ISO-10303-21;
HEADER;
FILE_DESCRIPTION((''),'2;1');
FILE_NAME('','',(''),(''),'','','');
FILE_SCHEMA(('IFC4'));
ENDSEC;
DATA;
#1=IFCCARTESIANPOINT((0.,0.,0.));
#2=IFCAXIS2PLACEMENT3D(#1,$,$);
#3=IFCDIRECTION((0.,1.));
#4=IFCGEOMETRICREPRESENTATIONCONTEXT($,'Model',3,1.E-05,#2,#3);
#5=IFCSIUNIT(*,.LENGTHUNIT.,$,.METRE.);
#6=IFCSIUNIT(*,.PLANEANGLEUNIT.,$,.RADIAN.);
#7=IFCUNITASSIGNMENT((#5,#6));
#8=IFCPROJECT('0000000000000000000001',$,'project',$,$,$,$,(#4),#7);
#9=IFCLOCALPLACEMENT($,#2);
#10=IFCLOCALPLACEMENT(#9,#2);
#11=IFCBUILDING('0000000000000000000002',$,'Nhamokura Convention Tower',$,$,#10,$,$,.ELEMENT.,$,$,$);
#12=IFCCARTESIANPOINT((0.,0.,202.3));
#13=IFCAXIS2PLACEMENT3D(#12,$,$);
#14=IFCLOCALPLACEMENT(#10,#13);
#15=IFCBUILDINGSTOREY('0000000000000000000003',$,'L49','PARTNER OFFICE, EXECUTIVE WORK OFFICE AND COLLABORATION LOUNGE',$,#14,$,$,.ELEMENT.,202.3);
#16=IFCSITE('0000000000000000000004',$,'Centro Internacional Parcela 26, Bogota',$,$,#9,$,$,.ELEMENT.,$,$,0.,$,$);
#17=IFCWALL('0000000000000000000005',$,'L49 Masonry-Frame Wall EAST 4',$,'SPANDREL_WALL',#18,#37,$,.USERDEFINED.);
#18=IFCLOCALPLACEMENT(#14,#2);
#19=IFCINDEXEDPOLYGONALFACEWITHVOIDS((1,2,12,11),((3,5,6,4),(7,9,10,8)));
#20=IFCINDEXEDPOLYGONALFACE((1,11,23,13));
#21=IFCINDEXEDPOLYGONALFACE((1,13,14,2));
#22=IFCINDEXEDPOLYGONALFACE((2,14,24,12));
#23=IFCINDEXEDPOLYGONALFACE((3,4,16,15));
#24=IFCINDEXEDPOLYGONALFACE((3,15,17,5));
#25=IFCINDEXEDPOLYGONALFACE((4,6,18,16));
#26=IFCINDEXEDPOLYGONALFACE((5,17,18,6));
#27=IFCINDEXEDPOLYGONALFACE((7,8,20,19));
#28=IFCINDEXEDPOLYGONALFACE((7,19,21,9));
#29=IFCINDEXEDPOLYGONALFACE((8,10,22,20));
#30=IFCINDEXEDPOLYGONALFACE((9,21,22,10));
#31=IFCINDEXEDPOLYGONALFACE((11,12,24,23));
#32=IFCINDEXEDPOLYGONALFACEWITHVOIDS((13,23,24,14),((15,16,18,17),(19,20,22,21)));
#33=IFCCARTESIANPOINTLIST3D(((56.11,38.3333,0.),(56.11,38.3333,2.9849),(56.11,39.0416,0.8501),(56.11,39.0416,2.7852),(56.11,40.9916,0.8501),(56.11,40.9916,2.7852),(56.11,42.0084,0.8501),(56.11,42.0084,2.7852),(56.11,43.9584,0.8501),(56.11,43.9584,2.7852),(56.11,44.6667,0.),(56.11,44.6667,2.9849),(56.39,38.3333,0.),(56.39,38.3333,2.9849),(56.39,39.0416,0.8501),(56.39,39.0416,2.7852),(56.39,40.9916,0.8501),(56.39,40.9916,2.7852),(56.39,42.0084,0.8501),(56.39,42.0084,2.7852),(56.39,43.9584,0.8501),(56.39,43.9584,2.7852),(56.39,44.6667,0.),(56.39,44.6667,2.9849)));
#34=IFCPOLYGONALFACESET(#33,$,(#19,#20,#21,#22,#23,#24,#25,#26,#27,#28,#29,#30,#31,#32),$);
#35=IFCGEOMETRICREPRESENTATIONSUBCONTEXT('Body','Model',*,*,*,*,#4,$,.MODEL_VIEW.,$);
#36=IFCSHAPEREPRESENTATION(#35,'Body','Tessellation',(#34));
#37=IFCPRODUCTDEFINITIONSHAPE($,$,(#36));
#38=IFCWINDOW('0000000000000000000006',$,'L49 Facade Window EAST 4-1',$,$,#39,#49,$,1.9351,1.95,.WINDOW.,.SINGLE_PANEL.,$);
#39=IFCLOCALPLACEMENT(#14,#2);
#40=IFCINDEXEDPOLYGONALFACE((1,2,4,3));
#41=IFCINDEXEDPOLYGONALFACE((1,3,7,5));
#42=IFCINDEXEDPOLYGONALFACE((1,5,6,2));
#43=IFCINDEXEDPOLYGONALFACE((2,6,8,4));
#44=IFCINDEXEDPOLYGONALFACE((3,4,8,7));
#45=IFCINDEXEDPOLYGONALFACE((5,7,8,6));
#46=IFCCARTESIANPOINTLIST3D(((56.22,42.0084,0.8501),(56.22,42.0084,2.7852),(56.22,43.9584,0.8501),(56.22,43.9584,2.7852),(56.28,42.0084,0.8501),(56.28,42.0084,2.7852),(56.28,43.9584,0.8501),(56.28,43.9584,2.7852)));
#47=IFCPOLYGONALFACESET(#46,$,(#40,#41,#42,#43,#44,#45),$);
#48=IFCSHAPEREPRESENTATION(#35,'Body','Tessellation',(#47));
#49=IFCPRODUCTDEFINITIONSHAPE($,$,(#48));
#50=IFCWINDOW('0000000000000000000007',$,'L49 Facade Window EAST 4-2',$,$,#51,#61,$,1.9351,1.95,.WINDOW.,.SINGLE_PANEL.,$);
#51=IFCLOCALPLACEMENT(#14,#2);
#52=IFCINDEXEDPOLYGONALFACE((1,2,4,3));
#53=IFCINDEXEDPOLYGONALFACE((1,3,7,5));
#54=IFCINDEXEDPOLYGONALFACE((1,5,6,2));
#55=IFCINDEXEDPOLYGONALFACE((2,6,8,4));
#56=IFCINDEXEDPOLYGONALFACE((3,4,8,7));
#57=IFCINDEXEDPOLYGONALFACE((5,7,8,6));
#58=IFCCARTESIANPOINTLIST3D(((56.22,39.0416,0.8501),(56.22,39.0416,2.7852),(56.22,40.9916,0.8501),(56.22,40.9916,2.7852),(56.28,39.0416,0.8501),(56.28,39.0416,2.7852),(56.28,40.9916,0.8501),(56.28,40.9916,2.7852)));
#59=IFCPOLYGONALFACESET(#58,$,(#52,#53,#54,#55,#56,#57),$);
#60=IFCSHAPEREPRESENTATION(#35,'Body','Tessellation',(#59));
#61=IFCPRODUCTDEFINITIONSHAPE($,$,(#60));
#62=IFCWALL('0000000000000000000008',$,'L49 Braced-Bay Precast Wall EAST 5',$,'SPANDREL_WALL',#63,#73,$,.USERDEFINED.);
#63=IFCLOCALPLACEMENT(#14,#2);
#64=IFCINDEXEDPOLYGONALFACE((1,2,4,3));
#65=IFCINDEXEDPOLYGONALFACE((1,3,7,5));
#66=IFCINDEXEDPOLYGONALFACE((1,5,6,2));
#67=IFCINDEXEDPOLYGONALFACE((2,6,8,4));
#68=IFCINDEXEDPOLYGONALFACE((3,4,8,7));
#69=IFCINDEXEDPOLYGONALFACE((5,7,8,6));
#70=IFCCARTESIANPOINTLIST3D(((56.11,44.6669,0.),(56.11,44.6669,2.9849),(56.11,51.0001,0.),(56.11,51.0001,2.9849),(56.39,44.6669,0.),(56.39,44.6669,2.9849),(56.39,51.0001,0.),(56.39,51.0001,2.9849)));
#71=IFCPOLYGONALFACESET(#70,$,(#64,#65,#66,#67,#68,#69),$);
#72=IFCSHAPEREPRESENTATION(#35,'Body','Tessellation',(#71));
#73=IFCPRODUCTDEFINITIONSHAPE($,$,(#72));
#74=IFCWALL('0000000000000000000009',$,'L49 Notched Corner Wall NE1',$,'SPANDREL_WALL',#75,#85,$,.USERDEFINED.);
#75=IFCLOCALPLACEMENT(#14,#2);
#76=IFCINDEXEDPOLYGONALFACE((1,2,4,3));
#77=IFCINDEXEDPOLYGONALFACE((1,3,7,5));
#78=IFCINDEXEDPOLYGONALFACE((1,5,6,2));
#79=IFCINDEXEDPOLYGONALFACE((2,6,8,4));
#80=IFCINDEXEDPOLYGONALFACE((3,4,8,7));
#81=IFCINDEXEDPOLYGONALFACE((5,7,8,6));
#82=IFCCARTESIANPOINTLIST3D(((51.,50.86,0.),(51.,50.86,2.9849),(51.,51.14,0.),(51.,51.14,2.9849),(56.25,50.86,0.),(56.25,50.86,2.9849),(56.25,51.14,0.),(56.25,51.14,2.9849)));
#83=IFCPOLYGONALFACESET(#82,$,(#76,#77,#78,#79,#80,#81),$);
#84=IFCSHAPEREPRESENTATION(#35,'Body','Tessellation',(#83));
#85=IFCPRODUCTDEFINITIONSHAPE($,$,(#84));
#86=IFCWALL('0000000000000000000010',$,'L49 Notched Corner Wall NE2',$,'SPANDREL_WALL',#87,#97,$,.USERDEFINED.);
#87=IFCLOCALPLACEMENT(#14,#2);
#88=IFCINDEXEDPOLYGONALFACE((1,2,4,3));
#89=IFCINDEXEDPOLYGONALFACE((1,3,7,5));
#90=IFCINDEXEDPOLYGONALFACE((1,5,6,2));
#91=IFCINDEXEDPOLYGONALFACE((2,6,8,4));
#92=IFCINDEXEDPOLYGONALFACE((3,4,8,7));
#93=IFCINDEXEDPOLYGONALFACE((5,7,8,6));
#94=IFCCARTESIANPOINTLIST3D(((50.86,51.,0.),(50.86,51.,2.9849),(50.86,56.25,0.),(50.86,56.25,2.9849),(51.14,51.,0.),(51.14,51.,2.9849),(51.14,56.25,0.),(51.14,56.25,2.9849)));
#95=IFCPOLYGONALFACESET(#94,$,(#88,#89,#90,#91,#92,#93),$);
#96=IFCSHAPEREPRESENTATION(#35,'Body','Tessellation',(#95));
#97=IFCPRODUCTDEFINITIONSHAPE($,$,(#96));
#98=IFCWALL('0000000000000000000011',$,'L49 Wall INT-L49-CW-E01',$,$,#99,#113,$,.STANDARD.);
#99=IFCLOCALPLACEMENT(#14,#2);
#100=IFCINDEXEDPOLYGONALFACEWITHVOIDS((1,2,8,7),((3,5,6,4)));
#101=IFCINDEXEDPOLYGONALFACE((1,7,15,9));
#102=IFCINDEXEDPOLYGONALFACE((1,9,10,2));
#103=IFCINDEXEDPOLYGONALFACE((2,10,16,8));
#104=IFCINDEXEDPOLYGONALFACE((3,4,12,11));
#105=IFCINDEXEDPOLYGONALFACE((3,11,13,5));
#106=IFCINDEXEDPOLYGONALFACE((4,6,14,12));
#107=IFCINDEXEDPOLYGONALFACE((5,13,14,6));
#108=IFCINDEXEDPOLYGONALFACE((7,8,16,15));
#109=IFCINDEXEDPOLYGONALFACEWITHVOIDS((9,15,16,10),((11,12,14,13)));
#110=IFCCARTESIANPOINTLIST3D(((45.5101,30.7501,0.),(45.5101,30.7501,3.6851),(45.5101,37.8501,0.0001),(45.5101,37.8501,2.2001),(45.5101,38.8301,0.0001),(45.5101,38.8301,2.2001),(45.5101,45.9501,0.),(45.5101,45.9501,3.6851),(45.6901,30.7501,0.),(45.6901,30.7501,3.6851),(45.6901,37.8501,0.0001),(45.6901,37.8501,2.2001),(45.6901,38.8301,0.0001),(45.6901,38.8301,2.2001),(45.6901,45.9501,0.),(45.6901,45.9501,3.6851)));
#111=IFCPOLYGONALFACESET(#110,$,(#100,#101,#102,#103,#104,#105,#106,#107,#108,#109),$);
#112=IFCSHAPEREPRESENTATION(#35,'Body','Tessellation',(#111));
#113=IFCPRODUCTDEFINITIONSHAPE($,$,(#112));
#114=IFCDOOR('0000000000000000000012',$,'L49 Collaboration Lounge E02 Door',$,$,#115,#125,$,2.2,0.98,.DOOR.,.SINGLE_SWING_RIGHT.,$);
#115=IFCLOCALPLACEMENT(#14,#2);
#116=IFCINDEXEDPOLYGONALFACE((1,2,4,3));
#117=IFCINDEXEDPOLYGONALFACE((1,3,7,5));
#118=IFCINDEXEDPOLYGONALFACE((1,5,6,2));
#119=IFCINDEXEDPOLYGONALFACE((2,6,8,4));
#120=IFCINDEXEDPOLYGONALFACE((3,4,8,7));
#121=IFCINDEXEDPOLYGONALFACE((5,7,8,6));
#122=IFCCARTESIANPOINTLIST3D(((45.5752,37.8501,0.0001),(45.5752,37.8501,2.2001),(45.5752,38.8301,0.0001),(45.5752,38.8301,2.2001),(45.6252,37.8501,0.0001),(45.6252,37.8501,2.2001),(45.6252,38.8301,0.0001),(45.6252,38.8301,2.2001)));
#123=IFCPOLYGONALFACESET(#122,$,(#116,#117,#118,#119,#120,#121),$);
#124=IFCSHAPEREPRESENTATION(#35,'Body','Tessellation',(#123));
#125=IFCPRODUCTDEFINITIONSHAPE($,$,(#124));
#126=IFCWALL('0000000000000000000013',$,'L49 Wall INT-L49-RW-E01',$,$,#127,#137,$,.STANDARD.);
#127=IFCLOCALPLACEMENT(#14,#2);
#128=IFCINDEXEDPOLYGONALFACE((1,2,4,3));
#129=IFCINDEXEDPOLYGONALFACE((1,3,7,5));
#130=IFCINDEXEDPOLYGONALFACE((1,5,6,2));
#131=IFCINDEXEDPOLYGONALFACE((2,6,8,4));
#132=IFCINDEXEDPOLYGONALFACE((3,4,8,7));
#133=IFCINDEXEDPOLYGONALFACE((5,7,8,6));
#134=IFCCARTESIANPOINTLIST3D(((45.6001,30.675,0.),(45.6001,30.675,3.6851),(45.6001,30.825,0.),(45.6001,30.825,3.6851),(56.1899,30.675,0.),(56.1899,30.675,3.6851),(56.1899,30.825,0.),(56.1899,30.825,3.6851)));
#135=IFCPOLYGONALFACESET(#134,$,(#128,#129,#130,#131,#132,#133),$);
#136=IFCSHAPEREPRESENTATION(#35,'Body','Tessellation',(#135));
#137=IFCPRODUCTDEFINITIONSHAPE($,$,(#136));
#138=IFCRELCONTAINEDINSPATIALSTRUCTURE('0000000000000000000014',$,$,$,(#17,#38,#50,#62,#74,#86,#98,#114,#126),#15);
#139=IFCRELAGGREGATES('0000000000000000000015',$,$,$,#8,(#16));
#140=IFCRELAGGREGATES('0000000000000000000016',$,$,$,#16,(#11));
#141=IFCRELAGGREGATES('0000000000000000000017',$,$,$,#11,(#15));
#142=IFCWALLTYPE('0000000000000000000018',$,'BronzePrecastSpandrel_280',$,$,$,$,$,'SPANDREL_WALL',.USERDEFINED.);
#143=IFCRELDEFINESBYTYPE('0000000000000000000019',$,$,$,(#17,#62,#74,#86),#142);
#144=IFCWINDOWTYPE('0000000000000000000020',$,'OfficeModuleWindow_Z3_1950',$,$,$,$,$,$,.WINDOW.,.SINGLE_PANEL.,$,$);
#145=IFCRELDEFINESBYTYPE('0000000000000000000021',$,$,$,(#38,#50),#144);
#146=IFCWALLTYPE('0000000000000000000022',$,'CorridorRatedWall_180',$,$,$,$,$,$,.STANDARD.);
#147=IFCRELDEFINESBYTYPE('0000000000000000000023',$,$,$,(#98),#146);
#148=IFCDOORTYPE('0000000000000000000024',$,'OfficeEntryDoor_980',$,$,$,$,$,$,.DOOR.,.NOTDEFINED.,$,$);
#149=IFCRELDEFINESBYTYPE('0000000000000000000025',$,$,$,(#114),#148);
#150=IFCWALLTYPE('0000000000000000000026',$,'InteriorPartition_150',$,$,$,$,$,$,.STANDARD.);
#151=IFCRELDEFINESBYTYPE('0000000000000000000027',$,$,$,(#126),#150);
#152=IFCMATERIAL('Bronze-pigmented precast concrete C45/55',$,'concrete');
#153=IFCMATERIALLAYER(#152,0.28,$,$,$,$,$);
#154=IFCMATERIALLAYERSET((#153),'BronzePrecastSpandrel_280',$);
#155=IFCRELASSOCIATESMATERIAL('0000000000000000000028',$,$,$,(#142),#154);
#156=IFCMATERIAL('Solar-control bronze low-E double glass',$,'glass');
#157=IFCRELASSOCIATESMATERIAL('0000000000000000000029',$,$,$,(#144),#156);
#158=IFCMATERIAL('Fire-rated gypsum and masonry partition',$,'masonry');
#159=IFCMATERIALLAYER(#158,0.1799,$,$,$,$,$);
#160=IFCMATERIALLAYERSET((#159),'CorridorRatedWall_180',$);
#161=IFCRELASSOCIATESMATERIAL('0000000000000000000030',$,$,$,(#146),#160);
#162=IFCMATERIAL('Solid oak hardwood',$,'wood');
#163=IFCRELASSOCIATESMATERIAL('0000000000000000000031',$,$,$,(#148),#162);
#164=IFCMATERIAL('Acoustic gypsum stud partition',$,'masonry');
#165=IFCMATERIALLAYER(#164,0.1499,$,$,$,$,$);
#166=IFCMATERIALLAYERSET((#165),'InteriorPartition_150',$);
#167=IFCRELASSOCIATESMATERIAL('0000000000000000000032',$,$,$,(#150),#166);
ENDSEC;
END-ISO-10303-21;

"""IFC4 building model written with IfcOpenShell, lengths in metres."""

from ifc_helpers import new_model, si_unit, direction, frame, frame_2d, origin, place, context, subcontext, project, spatial, rectangle, extrude, material, layer, layer_set, type_object, element, fill, save


model = new_model("IFC4")

# Units and contexts
model_context = context("Model", 3, precision=1e-05, world=origin(), true_north=direction((0.0, 1.0)))
body_context = subcontext(model_context, "Body", "Model", "MODEL_VIEW")
ifc_project = project(units=[si_unit("LENGTHUNIT", "METRE"), si_unit("PLANEANGLEUNIT", "RADIAN")], contexts=[model_context])

# Site, building, storey
site_placement = place(None, origin())
site = spatial("IfcSite", under=ifc_project, at=site_placement, Name="Centro Internacional Parcela 26, Bogota", CompositionType="ELEMENT", RefElevation=0.0)
building_placement = place(site_placement, origin())
building = spatial("IfcBuilding", under=site, at=building_placement, Name="Nhamokura Convention Tower", CompositionType="ELEMENT")
storey_placement = place(building_placement, frame((0.0, 0.0, 202.3)))
storey = spatial("IfcBuildingStorey", under=building, at=storey_placement, Name="L49", Description="PARTNER OFFICE, EXECUTIVE WORK OFFICE AND COLLABORATION LOUNGE", CompositionType="ELEMENT", Elevation=202.3)

# Shared definitions
ifc_material_1 = material(Name="Bronze-pigmented precast concrete C45/55", Category="concrete")
ifc_layer_1 = layer(ifc_material_1, 0.28)
ifc_layer_set_1 = layer_set([ifc_layer_1], Name="BronzePrecastSpandrel_280")
wall_type_1 = type_object("IfcWallType", Name="BronzePrecastSpandrel_280", ElementType="SPANDREL_WALL", PredefinedType="USERDEFINED", material=ifc_layer_set_1)

# Wall, openings, windows
wall_1_placement = place(storey_placement, frame((56.25, 44.6667, 0.0), z_axis=(0.0, 0.0, 1.0), x_axis=(0.0, -1.0, 0.0)))
wall_1 = element("IfcWall", 1, at=wall_1_placement, inside=storey, type_object=wall_type_1, Name="L49 Masonry-Frame Wall EAST 4", ObjectType="SPANDREL_WALL", PredefinedType="USERDEFINED", context=body_context, shape_type="SweptSolid", body=[
    extrude(rectangle(XDim=6.3335, YDim=0.28, at=frame_2d((3.1667, 0.0))), origin(), (0.0, 0.0, 1.0), 2.9849),
])
opening_1_placement = place(wall_1_placement, frame((0.7083, 0.0, 0.8501)))
opening_1 = element("IfcOpeningElement", 2, at=opening_1_placement, cuts=wall_1, PredefinedType="OPENING", context=body_context, shape_type="SweptSolid", body=[
    extrude(rectangle(XDim=1.95, YDim=1.9351, at=frame_2d((0.9751, 0.9675))), frame((0.0, 0.1499, 0.0), z_axis=(0.0, -1.0, 0.0), x_axis=(1.0, 0.0, 0.0)), (0.0, 0.0, 1.0), 0.3),
])
opening_2_placement = place(wall_1_placement, frame((3.675, 0.0, 0.8501)))
opening_2 = element("IfcOpeningElement", 3, at=opening_2_placement, cuts=wall_1, PredefinedType="OPENING", context=body_context, shape_type="SweptSolid", body=[
    extrude(rectangle(XDim=1.95, YDim=1.9351, at=frame_2d((0.9751, 0.9675))), frame((0.0, 0.1499, 0.0), z_axis=(0.0, -1.0, 0.0), x_axis=(1.0, 0.0, 0.0)), (0.0, 0.0, 1.0), 0.3),
])
ifc_material_2 = material(Name="Solar-control bronze low-E double glass", Category="glass")
window_type_1 = type_object("IfcWindowType", Name="OfficeModuleWindow_Z3_1950", PartitioningType="SINGLE_PANEL", PredefinedType="WINDOW", material=ifc_material_2)
window_1_placement = place(opening_1_placement, origin())
window_1 = element("IfcWindow", 4, at=window_1_placement, inside=storey, type_object=window_type_1, Name="L49 Facade Window EAST 4-1", OverallHeight=1.9351, OverallWidth=1.95, PartitioningType="SINGLE_PANEL", PredefinedType="WINDOW", context=body_context, shape_type="SweptSolid", body=[
    extrude(rectangle(XDim=1.95, YDim=1.9351, at=frame_2d((0.9751, 0.9675))), frame((0.0, 0.03, 0.0), z_axis=(0.0, -1.0, 0.0), x_axis=(1.0, 0.0, 0.0)), (0.0, 0.0, 1.0), 0.0601),
])
fill(opening_1, window_1)
window_2_placement = place(opening_2_placement, origin())
window_2 = element("IfcWindow", 5, at=window_2_placement, inside=storey, type_object=window_type_1, Name="L49 Facade Window EAST 4-2", OverallHeight=1.9351, OverallWidth=1.95, PartitioningType="SINGLE_PANEL", PredefinedType="WINDOW", context=body_context, shape_type="SweptSolid", body=[
    extrude(rectangle(XDim=1.95, YDim=1.9351, at=frame_2d((0.9751, 0.9675))), frame((0.0, 0.03, 0.0), z_axis=(0.0, -1.0, 0.0), x_axis=(1.0, 0.0, 0.0)), (0.0, 0.0, 1.0), 0.0601),
])
fill(opening_2, window_2)

# Walls
wall_2_placement = place(storey_placement, frame((56.25, 51.0, 0.0), z_axis=(0.0, 0.0, 1.0), x_axis=(0.0, -1.0, 0.0)))
element("IfcWall", 6, at=wall_2_placement, inside=storey, type_object=wall_type_1, Name="L49 Braced-Bay Precast Wall EAST 5", ObjectType="SPANDREL_WALL", PredefinedType="USERDEFINED", context=body_context, shape_type="SweptSolid", body=[
    extrude(rectangle(XDim=6.3333, YDim=0.28, at=frame_2d((3.1665, 0.0))), origin(), (0.0, 0.0, 1.0), 2.9849),
])
for number, where, z_axis, x_axis, name in (
    (7, (51.0, 51.0, 0.0), (0.0, 0.0, 1.0), (1.0, 0.0, 0.0), "L49 Notched Corner Wall NE1"),
    (8, (51.0, 56.25, 0.0), (0.0, 0.0, 1.0), (0.0, -1.0, 0.0), "L49 Notched Corner Wall NE2"),
):
    element("IfcWall", number, at=place(storey_placement, frame(where, z_axis=z_axis, x_axis=x_axis)), inside=storey, type_object=wall_type_1, Name=name, ObjectType="SPANDREL_WALL", PredefinedType="USERDEFINED", context=body_context, shape_type="SweptSolid", body=[
        extrude(rectangle(XDim=5.25, YDim=0.28, at=frame_2d((2.625, 0.0))), origin(), (0.0, 0.0, 1.0), 2.9849),
    ])

# Wall, opening, door
ifc_material_3 = material(Name="Fire-rated gypsum and masonry partition", Category="masonry")
ifc_layer_2 = layer(ifc_material_3, 0.1799)
ifc_layer_set_2 = layer_set([ifc_layer_2], Name="CorridorRatedWall_180")
wall_type_2 = type_object("IfcWallType", Name="CorridorRatedWall_180", PredefinedType="STANDARD", material=ifc_layer_set_2)
wall_3_placement = place(storey_placement, frame((45.6001, 30.75, 0.0), z_axis=(0.0, 0.0, 1.0), x_axis=(0.0, 1.0, 0.0)))
wall_3 = element("IfcWall", 9, at=wall_3_placement, inside=storey, type_object=wall_type_2, Name="L49 Wall INT-L49-CW-E01", PredefinedType="STANDARD", context=body_context, shape_type="SweptSolid", body=[
    extrude(rectangle(XDim=15.2, YDim=0.1799, at=frame_2d((7.6001, 0.0))), origin(), (0.0, 0.0, 1.0), 3.6851),
])
opening_3_placement = place(wall_3_placement, frame((7.1001, 0.0, 0.0)))
opening_3 = element("IfcOpeningElement", 10, at=opening_3_placement, cuts=wall_3, PredefinedType="OPENING", context=body_context, shape_type="SweptSolid", body=[
    extrude(rectangle(XDim=0.98, YDim=2.2, at=frame_2d((0.49, 1.1001))), frame((0.0, 0.0999, 0.0), z_axis=(0.0, -1.0, 0.0), x_axis=(1.0, 0.0, 0.0)), (0.0, 0.0, 1.0), 0.2),
])
ifc_material_4 = material(Name="Solid oak hardwood", Category="wood")
door_type = type_object("IfcDoorType", Name="OfficeEntryDoor_980", OperationType="NOTDEFINED", PredefinedType="DOOR", material=ifc_material_4)
door_placement = place(opening_3_placement, origin())
door = element("IfcDoor", 11, at=door_placement, inside=storey, type_object=door_type, Name="L49 Collaboration Lounge E02 Door", OperationType="SINGLE_SWING_RIGHT", OverallHeight=2.2, OverallWidth=0.98, PredefinedType="DOOR", context=body_context, shape_type="SweptSolid", body=[
    extrude(rectangle(XDim=0.98, YDim=2.2, at=frame_2d((0.49, 1.1001))), frame((0.0, 0.0249, 0.0), z_axis=(0.0, -1.0, 0.0), x_axis=(1.0, 0.0, 0.0)), (0.0, 0.0, 1.0), 0.05),
])
fill(opening_3, door)

# Wall
ifc_material_5 = material(Name="Acoustic gypsum stud partition", Category="masonry")
ifc_layer_3 = layer(ifc_material_5, 0.1499)
ifc_layer_set_3 = layer_set([ifc_layer_3], Name="InteriorPartition_150")
wall_type_3 = type_object("IfcWallType", Name="InteriorPartition_150", PredefinedType="STANDARD", material=ifc_layer_set_3)
wall_4_placement = place(storey_placement, frame((45.6001, 30.75, 0.0), z_axis=(0.0, 0.0, 1.0), x_axis=(1.0, 0.0, 0.0)))
element("IfcWall", 12, at=wall_4_placement, inside=storey, type_object=wall_type_3, Name="L49 Wall INT-L49-RW-E01", PredefinedType="STANDARD", context=body_context, shape_type="SweptSolid", body=[
    extrude(rectangle(XDim=10.5898, YDim=0.1499, at=frame_2d((5.2949, 0.0))), origin(), (0.0, 0.0, 1.0), 3.6851),
])

save(model, "model.ifc")
